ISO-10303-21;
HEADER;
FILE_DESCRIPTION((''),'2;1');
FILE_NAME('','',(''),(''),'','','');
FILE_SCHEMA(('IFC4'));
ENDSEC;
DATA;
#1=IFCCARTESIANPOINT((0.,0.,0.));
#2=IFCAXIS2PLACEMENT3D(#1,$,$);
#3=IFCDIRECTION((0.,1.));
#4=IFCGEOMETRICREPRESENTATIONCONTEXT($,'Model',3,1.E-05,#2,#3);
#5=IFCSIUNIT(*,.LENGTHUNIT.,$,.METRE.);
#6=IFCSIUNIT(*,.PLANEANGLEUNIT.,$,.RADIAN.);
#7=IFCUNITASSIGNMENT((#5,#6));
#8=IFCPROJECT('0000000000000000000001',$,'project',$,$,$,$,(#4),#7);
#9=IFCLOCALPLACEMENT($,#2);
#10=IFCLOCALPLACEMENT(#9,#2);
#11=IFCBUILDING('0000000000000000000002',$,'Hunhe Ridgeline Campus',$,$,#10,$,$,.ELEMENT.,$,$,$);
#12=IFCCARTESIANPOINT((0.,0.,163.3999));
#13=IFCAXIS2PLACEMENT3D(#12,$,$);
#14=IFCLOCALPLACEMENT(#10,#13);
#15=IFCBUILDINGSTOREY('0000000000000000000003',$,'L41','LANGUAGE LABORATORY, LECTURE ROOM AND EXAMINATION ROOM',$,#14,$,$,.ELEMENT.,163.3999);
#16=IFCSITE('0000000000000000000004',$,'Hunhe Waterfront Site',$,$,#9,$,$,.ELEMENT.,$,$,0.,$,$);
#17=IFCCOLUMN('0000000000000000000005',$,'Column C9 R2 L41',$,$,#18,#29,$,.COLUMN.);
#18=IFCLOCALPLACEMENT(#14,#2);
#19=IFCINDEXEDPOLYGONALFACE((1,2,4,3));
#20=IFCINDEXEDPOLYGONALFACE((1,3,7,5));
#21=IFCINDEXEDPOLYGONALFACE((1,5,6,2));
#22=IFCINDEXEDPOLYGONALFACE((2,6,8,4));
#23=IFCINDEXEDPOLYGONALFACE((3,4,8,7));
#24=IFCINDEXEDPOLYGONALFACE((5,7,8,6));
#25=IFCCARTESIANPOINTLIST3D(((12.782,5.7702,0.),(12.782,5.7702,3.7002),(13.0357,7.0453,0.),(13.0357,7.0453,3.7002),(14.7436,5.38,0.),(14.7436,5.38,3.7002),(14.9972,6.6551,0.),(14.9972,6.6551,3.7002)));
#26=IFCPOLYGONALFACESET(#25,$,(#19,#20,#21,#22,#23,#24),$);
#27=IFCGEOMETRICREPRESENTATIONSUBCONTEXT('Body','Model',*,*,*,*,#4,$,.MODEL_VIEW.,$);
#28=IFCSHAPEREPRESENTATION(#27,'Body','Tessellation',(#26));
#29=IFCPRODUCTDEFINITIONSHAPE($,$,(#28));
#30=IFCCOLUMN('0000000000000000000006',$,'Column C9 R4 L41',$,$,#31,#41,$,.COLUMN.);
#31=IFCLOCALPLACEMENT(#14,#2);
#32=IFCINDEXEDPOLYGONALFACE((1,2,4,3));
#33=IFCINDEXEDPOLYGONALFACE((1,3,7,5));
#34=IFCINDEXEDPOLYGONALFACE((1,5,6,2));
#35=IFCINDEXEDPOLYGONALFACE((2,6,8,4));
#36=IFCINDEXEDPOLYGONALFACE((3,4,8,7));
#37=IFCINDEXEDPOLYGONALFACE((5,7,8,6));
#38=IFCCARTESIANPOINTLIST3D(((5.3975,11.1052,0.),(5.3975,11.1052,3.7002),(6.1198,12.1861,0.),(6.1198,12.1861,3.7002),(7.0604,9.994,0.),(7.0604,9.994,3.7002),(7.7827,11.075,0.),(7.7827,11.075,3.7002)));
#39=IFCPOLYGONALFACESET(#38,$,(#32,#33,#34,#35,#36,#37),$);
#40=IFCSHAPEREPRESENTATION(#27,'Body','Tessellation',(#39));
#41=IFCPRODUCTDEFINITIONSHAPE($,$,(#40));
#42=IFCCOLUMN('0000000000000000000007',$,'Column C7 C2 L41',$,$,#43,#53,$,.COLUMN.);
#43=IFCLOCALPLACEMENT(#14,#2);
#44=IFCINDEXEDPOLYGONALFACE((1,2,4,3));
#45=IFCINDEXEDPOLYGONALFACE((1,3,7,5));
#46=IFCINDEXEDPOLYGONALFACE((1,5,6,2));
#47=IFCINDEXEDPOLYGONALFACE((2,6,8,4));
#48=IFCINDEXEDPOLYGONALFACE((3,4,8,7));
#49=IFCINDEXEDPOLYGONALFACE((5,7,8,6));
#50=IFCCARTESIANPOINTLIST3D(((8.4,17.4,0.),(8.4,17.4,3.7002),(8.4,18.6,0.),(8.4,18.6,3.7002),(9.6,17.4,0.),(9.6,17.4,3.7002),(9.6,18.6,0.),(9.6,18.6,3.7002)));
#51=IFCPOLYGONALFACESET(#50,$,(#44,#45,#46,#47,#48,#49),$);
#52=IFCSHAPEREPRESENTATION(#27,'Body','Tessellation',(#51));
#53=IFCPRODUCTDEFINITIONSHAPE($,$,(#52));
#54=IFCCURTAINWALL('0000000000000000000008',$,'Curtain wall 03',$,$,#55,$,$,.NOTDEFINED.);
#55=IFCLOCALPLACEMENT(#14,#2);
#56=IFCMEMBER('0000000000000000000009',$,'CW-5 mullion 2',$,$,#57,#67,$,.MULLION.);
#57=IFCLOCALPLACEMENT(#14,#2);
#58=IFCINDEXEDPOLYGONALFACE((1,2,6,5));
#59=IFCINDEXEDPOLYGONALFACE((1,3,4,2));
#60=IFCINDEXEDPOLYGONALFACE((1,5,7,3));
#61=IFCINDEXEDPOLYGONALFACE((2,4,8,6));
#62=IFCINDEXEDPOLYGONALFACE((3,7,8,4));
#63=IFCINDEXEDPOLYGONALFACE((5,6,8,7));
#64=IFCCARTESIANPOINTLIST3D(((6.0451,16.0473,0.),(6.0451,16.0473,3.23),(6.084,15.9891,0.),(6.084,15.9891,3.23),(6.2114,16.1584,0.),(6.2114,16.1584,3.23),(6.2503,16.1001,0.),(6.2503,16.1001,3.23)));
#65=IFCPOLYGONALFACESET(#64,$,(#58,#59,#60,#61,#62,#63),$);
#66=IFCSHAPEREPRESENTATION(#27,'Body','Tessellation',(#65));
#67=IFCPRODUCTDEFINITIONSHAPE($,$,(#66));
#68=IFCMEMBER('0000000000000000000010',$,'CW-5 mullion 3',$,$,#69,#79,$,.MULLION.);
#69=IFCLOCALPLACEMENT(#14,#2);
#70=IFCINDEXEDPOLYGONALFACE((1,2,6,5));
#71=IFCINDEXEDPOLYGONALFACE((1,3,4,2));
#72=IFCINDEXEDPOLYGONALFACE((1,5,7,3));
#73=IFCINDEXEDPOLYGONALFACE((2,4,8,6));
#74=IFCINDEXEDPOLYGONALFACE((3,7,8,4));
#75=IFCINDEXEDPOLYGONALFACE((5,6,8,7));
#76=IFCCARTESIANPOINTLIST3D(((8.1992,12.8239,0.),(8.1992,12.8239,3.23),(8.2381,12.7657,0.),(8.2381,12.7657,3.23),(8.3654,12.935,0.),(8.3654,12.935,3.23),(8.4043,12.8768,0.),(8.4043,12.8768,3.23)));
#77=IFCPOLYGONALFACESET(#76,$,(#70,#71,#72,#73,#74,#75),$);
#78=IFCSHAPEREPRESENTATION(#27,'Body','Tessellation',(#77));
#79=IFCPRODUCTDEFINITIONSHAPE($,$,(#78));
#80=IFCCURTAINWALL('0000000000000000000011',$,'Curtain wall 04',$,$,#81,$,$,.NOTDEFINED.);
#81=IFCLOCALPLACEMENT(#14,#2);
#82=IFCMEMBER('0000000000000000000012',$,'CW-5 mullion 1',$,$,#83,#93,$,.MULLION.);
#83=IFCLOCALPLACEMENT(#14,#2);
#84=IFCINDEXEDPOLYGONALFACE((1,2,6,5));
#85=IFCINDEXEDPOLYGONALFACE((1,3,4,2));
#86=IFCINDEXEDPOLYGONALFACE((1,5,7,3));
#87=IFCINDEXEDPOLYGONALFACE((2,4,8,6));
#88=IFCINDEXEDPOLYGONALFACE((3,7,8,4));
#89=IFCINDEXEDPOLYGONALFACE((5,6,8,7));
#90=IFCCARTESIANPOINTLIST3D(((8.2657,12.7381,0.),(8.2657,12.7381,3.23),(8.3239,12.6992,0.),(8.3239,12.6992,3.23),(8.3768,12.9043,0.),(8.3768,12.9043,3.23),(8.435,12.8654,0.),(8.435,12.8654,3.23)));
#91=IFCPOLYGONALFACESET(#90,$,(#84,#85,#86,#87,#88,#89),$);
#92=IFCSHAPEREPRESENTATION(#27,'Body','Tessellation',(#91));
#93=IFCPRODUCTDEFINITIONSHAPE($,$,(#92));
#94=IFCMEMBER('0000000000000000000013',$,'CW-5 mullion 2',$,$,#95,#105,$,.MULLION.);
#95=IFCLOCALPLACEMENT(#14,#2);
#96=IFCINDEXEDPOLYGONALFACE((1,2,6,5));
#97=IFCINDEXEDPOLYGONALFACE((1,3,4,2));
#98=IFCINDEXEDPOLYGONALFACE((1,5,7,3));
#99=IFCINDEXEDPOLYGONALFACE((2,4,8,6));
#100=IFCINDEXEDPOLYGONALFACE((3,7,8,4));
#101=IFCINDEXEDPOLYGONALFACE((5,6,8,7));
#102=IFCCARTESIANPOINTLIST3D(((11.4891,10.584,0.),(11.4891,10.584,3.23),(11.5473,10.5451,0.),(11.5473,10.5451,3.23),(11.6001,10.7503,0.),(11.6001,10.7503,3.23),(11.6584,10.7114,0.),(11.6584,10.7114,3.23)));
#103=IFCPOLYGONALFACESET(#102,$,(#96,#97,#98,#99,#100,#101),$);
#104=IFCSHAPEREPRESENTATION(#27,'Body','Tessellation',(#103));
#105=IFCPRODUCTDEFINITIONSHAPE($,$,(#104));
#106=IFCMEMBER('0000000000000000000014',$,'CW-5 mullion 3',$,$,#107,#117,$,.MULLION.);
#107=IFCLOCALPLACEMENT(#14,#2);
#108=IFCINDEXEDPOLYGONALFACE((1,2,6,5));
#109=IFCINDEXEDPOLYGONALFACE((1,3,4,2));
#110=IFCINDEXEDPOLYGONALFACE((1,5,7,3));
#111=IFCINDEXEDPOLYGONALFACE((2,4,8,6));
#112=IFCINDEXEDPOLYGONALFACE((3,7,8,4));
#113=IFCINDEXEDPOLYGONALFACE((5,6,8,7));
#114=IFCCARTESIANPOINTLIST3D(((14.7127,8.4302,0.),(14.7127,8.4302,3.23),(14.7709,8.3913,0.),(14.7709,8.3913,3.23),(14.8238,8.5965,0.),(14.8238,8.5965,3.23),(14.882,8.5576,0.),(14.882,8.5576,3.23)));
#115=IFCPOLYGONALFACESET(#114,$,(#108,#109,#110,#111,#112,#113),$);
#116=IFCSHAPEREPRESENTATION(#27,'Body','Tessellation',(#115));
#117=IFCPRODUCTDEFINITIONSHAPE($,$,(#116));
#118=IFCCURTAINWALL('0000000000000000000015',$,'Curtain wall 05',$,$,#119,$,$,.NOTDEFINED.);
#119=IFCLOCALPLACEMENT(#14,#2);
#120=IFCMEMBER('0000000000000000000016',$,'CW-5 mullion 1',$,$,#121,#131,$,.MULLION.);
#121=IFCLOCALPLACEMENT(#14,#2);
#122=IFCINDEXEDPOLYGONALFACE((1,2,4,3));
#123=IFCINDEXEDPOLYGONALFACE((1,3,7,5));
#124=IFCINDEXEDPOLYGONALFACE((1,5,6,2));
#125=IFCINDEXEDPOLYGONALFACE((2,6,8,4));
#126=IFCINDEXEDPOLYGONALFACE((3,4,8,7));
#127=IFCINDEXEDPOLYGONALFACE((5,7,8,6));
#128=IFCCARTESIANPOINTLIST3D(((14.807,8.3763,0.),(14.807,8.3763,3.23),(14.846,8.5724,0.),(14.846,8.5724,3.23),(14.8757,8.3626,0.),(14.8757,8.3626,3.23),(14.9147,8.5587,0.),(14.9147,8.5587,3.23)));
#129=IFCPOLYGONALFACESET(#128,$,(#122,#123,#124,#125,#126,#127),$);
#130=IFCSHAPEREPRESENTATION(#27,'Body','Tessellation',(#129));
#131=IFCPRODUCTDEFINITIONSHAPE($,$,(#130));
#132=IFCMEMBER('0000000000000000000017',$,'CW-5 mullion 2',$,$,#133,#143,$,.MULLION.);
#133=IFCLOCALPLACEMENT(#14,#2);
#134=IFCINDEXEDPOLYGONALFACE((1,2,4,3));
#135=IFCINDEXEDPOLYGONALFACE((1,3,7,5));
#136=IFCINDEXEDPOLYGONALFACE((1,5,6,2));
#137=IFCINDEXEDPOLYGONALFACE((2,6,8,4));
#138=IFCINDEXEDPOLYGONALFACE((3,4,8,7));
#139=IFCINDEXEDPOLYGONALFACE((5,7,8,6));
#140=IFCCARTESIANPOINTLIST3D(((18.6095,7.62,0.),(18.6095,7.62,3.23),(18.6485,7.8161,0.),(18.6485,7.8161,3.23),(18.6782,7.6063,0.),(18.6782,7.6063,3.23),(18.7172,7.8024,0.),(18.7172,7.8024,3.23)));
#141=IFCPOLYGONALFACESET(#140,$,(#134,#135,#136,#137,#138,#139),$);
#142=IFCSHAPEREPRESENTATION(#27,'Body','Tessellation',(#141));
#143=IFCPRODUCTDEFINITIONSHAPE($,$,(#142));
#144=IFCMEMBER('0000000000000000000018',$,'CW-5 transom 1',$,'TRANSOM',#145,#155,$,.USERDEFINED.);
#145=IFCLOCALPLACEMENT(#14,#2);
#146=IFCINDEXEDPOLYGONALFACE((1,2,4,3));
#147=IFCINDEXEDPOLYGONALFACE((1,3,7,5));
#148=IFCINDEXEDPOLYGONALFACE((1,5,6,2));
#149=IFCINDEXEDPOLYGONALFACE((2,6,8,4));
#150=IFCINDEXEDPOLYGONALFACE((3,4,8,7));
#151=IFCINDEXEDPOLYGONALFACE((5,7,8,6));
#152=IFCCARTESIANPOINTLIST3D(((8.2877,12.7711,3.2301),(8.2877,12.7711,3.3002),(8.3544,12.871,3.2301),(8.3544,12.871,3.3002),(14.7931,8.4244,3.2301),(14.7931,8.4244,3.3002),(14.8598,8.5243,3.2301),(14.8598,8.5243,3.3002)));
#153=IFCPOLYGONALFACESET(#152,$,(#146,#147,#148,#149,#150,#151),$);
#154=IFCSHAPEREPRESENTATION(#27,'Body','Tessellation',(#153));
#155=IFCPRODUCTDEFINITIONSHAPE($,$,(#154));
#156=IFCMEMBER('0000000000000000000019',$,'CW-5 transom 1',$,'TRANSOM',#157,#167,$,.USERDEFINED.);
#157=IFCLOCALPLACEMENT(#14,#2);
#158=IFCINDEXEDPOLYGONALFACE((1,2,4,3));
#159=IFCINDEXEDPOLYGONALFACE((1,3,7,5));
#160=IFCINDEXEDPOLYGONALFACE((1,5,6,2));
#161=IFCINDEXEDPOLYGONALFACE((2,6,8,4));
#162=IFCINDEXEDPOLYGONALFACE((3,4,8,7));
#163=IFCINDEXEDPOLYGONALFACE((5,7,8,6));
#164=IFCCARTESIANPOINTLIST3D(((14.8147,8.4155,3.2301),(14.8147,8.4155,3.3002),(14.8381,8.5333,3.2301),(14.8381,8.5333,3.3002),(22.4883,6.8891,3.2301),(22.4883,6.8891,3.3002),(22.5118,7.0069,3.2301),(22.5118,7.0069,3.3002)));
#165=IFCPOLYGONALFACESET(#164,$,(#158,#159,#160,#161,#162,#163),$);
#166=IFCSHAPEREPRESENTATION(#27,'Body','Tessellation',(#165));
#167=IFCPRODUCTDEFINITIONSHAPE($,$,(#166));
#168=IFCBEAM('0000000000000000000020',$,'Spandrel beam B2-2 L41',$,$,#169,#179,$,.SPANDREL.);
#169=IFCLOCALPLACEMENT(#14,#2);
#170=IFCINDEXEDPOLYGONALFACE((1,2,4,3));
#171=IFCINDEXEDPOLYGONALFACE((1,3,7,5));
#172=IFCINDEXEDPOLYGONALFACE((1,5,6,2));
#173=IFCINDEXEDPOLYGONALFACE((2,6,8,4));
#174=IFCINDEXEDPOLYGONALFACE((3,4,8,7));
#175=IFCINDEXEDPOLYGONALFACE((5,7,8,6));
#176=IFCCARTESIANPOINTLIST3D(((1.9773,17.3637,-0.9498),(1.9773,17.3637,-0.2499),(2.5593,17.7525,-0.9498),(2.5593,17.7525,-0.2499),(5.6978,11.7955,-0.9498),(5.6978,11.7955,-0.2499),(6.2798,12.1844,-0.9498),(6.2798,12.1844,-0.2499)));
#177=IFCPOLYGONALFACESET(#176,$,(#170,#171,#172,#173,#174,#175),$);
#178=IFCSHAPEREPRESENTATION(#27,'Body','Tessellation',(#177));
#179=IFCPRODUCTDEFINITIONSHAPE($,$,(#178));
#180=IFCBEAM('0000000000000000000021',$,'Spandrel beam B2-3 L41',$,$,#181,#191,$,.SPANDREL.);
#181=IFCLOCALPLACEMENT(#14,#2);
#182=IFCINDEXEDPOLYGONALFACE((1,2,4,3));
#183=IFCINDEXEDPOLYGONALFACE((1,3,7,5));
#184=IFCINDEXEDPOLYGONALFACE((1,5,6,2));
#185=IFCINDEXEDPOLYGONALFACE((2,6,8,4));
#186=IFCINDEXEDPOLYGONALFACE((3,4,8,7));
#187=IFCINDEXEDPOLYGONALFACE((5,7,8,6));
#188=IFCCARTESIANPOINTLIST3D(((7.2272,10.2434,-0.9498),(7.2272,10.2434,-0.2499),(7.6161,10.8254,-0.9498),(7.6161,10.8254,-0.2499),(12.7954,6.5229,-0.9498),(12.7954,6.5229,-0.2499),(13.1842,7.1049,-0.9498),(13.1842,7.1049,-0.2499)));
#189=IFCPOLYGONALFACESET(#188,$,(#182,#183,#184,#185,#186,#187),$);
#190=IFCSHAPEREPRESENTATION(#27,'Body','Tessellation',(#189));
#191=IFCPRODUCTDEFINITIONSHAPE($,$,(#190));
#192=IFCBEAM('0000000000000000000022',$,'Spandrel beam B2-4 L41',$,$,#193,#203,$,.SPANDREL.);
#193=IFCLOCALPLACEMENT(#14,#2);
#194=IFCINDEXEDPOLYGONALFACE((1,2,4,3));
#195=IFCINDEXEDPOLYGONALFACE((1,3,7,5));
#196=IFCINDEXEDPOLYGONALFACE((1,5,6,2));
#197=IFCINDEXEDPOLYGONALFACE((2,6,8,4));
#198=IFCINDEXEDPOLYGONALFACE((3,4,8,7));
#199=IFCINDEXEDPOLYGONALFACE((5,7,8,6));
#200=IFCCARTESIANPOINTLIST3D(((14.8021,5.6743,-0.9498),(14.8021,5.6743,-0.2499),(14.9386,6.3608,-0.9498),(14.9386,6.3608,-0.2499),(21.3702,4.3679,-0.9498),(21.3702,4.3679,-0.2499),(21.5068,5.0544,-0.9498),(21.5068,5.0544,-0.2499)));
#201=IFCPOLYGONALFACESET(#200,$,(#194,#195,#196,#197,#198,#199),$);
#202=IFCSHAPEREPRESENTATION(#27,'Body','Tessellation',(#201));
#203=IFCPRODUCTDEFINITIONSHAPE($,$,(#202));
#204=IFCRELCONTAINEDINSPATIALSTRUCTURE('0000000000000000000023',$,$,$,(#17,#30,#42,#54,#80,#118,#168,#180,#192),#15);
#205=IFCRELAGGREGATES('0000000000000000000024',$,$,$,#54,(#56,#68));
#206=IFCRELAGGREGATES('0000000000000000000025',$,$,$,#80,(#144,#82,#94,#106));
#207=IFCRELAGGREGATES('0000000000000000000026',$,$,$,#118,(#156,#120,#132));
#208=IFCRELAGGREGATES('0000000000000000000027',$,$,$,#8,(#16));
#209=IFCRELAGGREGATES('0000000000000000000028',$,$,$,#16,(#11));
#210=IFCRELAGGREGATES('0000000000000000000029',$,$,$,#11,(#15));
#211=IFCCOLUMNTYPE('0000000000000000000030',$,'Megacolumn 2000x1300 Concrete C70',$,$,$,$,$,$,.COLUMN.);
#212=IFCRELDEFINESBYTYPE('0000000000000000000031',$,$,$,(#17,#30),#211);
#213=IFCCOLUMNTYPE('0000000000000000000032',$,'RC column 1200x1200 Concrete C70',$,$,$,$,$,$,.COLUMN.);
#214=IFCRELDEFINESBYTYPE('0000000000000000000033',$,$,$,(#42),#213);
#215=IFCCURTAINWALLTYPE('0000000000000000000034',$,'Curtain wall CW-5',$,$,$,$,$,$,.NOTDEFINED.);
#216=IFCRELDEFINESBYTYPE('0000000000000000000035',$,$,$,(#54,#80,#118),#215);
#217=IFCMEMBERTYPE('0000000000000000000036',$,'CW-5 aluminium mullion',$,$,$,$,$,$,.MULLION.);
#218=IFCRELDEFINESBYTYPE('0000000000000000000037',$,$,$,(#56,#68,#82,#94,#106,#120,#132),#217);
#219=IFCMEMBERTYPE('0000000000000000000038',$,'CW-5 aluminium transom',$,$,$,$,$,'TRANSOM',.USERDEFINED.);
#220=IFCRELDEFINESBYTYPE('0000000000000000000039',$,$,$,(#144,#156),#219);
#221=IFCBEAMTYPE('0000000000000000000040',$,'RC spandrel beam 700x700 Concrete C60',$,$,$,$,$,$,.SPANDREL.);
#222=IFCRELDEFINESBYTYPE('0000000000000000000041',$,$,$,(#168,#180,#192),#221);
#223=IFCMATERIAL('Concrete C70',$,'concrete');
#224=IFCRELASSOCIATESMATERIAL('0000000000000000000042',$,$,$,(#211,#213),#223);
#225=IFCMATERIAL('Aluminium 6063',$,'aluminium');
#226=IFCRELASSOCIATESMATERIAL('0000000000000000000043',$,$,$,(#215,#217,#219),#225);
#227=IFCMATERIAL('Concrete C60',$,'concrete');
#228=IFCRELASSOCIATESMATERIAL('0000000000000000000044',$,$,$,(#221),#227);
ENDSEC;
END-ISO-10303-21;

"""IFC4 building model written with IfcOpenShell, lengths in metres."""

from ifc_helpers import new_model, si_unit, direction, frame, origin, origin_2d, place, context, subcontext, project, spatial, rectangle, extrude, material, material_profile, profile_set, type_object, element, aggregate, save


model = new_model("IFC4")

# Units and contexts
model_context = context("Model", 3, precision=1e-05, world=origin(), true_north=direction((0.0, 1.0)))
body_context = subcontext(model_context, "Body", "Model", "MODEL_VIEW")
ifc_project = project(units=[si_unit("LENGTHUNIT", "METRE"), si_unit("PLANEANGLEUNIT", "RADIAN")], contexts=[model_context])

# Site, building, storey
site_placement = place(None, origin())
site = spatial("IfcSite", under=ifc_project, at=site_placement, Name="Hunhe Waterfront Site", CompositionType="ELEMENT", RefElevation=0.0)
building_placement = place(site_placement, origin())
building = spatial("IfcBuilding", under=site, at=building_placement, Name="Hunhe Ridgeline Campus", CompositionType="ELEMENT")
storey_placement = place(building_placement, frame((0.0, 0.0, 163.3999)))
storey = spatial("IfcBuildingStorey", under=building, at=storey_placement, Name="L41", Description="LANGUAGE LABORATORY, LECTURE ROOM AND EXAMINATION ROOM", CompositionType="ELEMENT", Elevation=163.3999)

# Columns
ifc_material_1 = material(Name="Concrete C70", Category="concrete")
ifc_material_profile_1 = material_profile(ifc_material_1, rectangle(XDim=2.0, YDim=1.3, at=origin_2d()))
ifc_profile_set_1 = profile_set([ifc_material_profile_1], Name="Concrete C70")
column_type_1 = type_object("IfcColumnType", Name="Megacolumn 2000x1300 Concrete C70", PredefinedType="COLUMN", material=ifc_profile_set_1)
for number, where, z_axis, x_axis, name in (
    (1, (13.8896, 6.2126, 0.0), (0.0, 0.0, 1.0), (-0.980785, 0.19509, 0.0), "Column C9 R2 L41"),
    (2, (6.5901, 11.0901, 0.0), (0.0, 0.0, 1.0), (-0.83147, 0.55557, 0.0), "Column C9 R4 L41"),
):
    element("IfcColumn", number, at=place(storey_placement, frame(where, z_axis=z_axis, x_axis=x_axis)), inside=storey, type_object=column_type_1, Name=name, PredefinedType="COLUMN", context=body_context, shape_type="SweptSolid", body=[
        extrude(rectangle(XDim=2.0, YDim=1.3, at=origin_2d()), origin(), (0.0, 0.0, 1.0), 3.7002),
    ])
ifc_material_profile_2 = material_profile(ifc_material_1, rectangle(XDim=1.2, YDim=1.2, at=origin_2d()))
ifc_profile_set_2 = profile_set([ifc_material_profile_2], Name="Concrete C70")
column_type_2 = type_object("IfcColumnType", Name="RC column 1200x1200 Concrete C70", PredefinedType="COLUMN", material=ifc_profile_set_2)
column_placement = place(storey_placement, frame((9.0, 18.0, 0.0), z_axis=(0.0, 0.0, 1.0), x_axis=(1.0, 0.0, 0.0)))
element("IfcColumn", 3, at=column_placement, inside=storey, type_object=column_type_2, Name="Column C7 C2 L41", PredefinedType="COLUMN", context=body_context, shape_type="SweptSolid", body=[
    extrude(rectangle(XDim=1.2, YDim=1.2, at=origin_2d()), origin(), (0.0, 0.0, 1.0), 3.7002),
])

# Curtain walls, members
ifc_material_2 = material(Name="Aluminium 6063", Category="aluminium")
curtain_wall_type = type_object("IfcCurtainWallType", Name="Curtain wall CW-5", PredefinedType="NOTDEFINED", material=ifc_material_2)
curtain_wall_1_placement = place(storey_placement, origin())
curtain_wall_1 = element("IfcCurtainWall", 4, at=curtain_wall_1_placement, inside=storey, type_object=curtain_wall_type, Name="Curtain wall 03", PredefinedType="NOTDEFINED")
ifc_material_profile_3 = material_profile(ifc_material_2, rectangle(XDim=0.2, YDim=0.0701, at=origin_2d()))
ifc_profile_set_3 = profile_set([ifc_material_profile_3], Name="Aluminium 6063")
member_type_1 = type_object("IfcMemberType", Name="CW-5 aluminium mullion", PredefinedType="MULLION", material=ifc_profile_set_3)
member_1_placement = place(storey_placement, frame((6.1477, 16.0737, 0.0), z_axis=(0.0, 0.0, 1.0), x_axis=(0.83147, 0.55557, 0.0)))
member_1 = element("IfcMember", 5, at=member_1_placement, type_object=member_type_1, Name="CW-5 mullion 2", PredefinedType="MULLION", context=body_context, shape_type="SweptSolid", body=[
    extrude(rectangle(XDim=0.2, YDim=0.0701, at=origin_2d()), origin(), (0.0, 0.0, 1.0), 3.23),
])
member_2_placement = place(storey_placement, frame((8.3018, 12.8503, 0.0), z_axis=(0.0, 0.0, 1.0), x_axis=(0.83147, 0.55557, 0.0)))
member_2 = element("IfcMember", 6, at=member_2_placement, type_object=member_type_1, Name="CW-5 mullion 3", PredefinedType="MULLION", context=body_context, shape_type="SweptSolid", body=[
    extrude(rectangle(XDim=0.2, YDim=0.0701, at=origin_2d()), origin(), (0.0, 0.0, 1.0), 3.23),
])
curtain_wall_2_placement = place(storey_placement, origin())
curtain_wall_2 = element("IfcCurtainWall", 7, at=curtain_wall_2_placement, inside=storey, type_object=curtain_wall_type, Name="Curtain wall 04", PredefinedType="NOTDEFINED")
member_3_placement = place(storey_placement, frame((8.3503, 12.8018, 0.0), z_axis=(0.0, 0.0, 1.0), x_axis=(0.55557, 0.83147, 0.0)))
member_3 = element("IfcMember", 8, at=member_3_placement, type_object=member_type_1, Name="CW-5 mullion 1", PredefinedType="MULLION", context=body_context, shape_type="SweptSolid", body=[
    extrude(rectangle(XDim=0.2, YDim=0.0701, at=origin_2d()), origin(), (0.0, 0.0, 1.0), 3.23),
])
member_4_placement = place(storey_placement, frame((11.5737, 10.6477, 0.0), z_axis=(0.0, 0.0, 1.0), x_axis=(0.55557, 0.83147, 0.0)))
member_4 = element("IfcMember", 9, at=member_4_placement, type_object=member_type_1, Name="CW-5 mullion 2", PredefinedType="MULLION", context=body_context, shape_type="SweptSolid", body=[
    extrude(rectangle(XDim=0.2, YDim=0.0701, at=origin_2d()), origin(), (0.0, 0.0, 1.0), 3.23),
])
member_5_placement = place(storey_placement, frame((14.7974, 8.4939, 0.0), z_axis=(0.0, 0.0, 1.0), x_axis=(0.55557, 0.83147, 0.0)))
member_5 = element("IfcMember", 10, at=member_5_placement, type_object=member_type_1, Name="CW-5 mullion 3", PredefinedType="MULLION", context=body_context, shape_type="SweptSolid", body=[
    extrude(rectangle(XDim=0.2, YDim=0.0701, at=origin_2d()), origin(), (0.0, 0.0, 1.0), 3.23),
])
curtain_wall_3_placement = place(storey_placement, origin())
curtain_wall_3 = element("IfcCurtainWall", 11, at=curtain_wall_3_placement, inside=storey, type_object=curtain_wall_type, Name="Curtain wall 05", PredefinedType="NOTDEFINED")
member_6_placement = place(storey_placement, frame((14.8608, 8.4675, 0.0), z_axis=(0.0, 0.0, 1.0), x_axis=(0.19509, 0.980785, 0.0)))
member_6 = element("IfcMember", 12, at=member_6_placement, type_object=member_type_1, Name="CW-5 mullion 1", PredefinedType="MULLION", context=body_context, shape_type="SweptSolid", body=[
    extrude(rectangle(XDim=0.2, YDim=0.0701, at=origin_2d()), origin(), (0.0, 0.0, 1.0), 3.23),
])
member_7_placement = place(storey_placement, frame((18.6633, 7.7112, 0.0), z_axis=(0.0, 0.0, 1.0), x_axis=(0.19509, 0.980785, 0.0)))
member_7 = element("IfcMember", 13, at=member_7_placement, type_object=member_type_1, Name="CW-5 mullion 2", PredefinedType="MULLION", context=body_context, shape_type="SweptSolid", body=[
    extrude(rectangle(XDim=0.2, YDim=0.0701, at=origin_2d()), origin(), (0.0, 0.0, 1.0), 3.23),
])

# Members
ifc_material_profile_4 = material_profile(ifc_material_2, rectangle(XDim=0.1201, YDim=0.0701, at=origin_2d()))
ifc_profile_set_4 = profile_set([ifc_material_profile_4], Name="Aluminium 6063")
member_type_2 = type_object("IfcMemberType", Name="CW-5 aluminium transom", ElementType="TRANSOM", PredefinedType="USERDEFINED", material=ifc_profile_set_4)
member_8_placement = place(storey_placement, frame((8.321, 12.821, 3.2651), z_axis=(0.831474, -0.555564, 0.0), x_axis=(0.555564, 0.831474, 0.0)))
member_8 = element("IfcMember", 14, at=member_8_placement, type_object=member_type_2, Name="CW-5 transom 1", ObjectType="TRANSOM", PredefinedType="USERDEFINED", context=body_context, shape_type="SweptSolid", body=[
    extrude(rectangle(XDim=0.1201, YDim=0.0701, at=origin_2d()), origin(), (0.0, 0.0, 1.0), 7.824),
])
member_9_placement = place(storey_placement, frame((14.8264, 8.4744, 3.2651), z_axis=(0.980785, -0.19509, 0.0), x_axis=(0.19509, 0.980785, 0.0)))
member_9 = element("IfcMember", 15, at=member_9_placement, type_object=member_type_2, Name="CW-5 transom 1", ObjectType="TRANSOM", PredefinedType="USERDEFINED", context=body_context, shape_type="SweptSolid", body=[
    extrude(rectangle(XDim=0.1201, YDim=0.0701, at=origin_2d()), origin(), (0.0, 0.0, 1.0), 7.824),
])

# Beams
ifc_material_3 = material(Name="Concrete C60", Category="concrete")
ifc_material_profile_5 = material_profile(ifc_material_3, rectangle(XDim=0.7, YDim=0.7, at=origin_2d()))
ifc_profile_set_5 = profile_set([ifc_material_profile_5], Name="Concrete C60")
beam_type = type_object("IfcBeamType", Name="RC spandrel beam 700x700 Concrete C60", PredefinedType="SPANDREL", material=ifc_profile_set_5)
for number, where, z_axis, x_axis, name in (
    (16, (2.2683, 17.5581, -0.5999), (0.555566, -0.831472, 0.0), (0.831472, 0.555566, 0.0), "Spandrel beam B2-2 L41"),
    (17, (7.4216, 10.5344, -0.5999), (0.831472, -0.555566, 0.0), (0.555566, 0.831472, 0.0), "Spandrel beam B2-3 L41"),
    (18, (14.8704, 6.0176, -0.5999), (0.980788, -0.195078, 0.0), (0.195078, 0.980788, 0.0), "Spandrel beam B2-4 L41"),
):
    element("IfcBeam", number, at=place(storey_placement, frame(where, z_axis=z_axis, x_axis=x_axis)), inside=storey, type_object=beam_type, Name=name, PredefinedType="SPANDREL", context=body_context, shape_type="SweptSolid", body=[
        extrude(rectangle(XDim=0.7, YDim=0.7, at=origin_2d()), origin(), (0.0, 0.0, 1.0), 6.6968),
    ])

aggregate(curtain_wall_1, [member_1, member_2])
aggregate(curtain_wall_2, [member_8, member_3, member_4, member_5])
aggregate(curtain_wall_3, [member_9, member_6, member_7])

save(model, "model.ifc")
